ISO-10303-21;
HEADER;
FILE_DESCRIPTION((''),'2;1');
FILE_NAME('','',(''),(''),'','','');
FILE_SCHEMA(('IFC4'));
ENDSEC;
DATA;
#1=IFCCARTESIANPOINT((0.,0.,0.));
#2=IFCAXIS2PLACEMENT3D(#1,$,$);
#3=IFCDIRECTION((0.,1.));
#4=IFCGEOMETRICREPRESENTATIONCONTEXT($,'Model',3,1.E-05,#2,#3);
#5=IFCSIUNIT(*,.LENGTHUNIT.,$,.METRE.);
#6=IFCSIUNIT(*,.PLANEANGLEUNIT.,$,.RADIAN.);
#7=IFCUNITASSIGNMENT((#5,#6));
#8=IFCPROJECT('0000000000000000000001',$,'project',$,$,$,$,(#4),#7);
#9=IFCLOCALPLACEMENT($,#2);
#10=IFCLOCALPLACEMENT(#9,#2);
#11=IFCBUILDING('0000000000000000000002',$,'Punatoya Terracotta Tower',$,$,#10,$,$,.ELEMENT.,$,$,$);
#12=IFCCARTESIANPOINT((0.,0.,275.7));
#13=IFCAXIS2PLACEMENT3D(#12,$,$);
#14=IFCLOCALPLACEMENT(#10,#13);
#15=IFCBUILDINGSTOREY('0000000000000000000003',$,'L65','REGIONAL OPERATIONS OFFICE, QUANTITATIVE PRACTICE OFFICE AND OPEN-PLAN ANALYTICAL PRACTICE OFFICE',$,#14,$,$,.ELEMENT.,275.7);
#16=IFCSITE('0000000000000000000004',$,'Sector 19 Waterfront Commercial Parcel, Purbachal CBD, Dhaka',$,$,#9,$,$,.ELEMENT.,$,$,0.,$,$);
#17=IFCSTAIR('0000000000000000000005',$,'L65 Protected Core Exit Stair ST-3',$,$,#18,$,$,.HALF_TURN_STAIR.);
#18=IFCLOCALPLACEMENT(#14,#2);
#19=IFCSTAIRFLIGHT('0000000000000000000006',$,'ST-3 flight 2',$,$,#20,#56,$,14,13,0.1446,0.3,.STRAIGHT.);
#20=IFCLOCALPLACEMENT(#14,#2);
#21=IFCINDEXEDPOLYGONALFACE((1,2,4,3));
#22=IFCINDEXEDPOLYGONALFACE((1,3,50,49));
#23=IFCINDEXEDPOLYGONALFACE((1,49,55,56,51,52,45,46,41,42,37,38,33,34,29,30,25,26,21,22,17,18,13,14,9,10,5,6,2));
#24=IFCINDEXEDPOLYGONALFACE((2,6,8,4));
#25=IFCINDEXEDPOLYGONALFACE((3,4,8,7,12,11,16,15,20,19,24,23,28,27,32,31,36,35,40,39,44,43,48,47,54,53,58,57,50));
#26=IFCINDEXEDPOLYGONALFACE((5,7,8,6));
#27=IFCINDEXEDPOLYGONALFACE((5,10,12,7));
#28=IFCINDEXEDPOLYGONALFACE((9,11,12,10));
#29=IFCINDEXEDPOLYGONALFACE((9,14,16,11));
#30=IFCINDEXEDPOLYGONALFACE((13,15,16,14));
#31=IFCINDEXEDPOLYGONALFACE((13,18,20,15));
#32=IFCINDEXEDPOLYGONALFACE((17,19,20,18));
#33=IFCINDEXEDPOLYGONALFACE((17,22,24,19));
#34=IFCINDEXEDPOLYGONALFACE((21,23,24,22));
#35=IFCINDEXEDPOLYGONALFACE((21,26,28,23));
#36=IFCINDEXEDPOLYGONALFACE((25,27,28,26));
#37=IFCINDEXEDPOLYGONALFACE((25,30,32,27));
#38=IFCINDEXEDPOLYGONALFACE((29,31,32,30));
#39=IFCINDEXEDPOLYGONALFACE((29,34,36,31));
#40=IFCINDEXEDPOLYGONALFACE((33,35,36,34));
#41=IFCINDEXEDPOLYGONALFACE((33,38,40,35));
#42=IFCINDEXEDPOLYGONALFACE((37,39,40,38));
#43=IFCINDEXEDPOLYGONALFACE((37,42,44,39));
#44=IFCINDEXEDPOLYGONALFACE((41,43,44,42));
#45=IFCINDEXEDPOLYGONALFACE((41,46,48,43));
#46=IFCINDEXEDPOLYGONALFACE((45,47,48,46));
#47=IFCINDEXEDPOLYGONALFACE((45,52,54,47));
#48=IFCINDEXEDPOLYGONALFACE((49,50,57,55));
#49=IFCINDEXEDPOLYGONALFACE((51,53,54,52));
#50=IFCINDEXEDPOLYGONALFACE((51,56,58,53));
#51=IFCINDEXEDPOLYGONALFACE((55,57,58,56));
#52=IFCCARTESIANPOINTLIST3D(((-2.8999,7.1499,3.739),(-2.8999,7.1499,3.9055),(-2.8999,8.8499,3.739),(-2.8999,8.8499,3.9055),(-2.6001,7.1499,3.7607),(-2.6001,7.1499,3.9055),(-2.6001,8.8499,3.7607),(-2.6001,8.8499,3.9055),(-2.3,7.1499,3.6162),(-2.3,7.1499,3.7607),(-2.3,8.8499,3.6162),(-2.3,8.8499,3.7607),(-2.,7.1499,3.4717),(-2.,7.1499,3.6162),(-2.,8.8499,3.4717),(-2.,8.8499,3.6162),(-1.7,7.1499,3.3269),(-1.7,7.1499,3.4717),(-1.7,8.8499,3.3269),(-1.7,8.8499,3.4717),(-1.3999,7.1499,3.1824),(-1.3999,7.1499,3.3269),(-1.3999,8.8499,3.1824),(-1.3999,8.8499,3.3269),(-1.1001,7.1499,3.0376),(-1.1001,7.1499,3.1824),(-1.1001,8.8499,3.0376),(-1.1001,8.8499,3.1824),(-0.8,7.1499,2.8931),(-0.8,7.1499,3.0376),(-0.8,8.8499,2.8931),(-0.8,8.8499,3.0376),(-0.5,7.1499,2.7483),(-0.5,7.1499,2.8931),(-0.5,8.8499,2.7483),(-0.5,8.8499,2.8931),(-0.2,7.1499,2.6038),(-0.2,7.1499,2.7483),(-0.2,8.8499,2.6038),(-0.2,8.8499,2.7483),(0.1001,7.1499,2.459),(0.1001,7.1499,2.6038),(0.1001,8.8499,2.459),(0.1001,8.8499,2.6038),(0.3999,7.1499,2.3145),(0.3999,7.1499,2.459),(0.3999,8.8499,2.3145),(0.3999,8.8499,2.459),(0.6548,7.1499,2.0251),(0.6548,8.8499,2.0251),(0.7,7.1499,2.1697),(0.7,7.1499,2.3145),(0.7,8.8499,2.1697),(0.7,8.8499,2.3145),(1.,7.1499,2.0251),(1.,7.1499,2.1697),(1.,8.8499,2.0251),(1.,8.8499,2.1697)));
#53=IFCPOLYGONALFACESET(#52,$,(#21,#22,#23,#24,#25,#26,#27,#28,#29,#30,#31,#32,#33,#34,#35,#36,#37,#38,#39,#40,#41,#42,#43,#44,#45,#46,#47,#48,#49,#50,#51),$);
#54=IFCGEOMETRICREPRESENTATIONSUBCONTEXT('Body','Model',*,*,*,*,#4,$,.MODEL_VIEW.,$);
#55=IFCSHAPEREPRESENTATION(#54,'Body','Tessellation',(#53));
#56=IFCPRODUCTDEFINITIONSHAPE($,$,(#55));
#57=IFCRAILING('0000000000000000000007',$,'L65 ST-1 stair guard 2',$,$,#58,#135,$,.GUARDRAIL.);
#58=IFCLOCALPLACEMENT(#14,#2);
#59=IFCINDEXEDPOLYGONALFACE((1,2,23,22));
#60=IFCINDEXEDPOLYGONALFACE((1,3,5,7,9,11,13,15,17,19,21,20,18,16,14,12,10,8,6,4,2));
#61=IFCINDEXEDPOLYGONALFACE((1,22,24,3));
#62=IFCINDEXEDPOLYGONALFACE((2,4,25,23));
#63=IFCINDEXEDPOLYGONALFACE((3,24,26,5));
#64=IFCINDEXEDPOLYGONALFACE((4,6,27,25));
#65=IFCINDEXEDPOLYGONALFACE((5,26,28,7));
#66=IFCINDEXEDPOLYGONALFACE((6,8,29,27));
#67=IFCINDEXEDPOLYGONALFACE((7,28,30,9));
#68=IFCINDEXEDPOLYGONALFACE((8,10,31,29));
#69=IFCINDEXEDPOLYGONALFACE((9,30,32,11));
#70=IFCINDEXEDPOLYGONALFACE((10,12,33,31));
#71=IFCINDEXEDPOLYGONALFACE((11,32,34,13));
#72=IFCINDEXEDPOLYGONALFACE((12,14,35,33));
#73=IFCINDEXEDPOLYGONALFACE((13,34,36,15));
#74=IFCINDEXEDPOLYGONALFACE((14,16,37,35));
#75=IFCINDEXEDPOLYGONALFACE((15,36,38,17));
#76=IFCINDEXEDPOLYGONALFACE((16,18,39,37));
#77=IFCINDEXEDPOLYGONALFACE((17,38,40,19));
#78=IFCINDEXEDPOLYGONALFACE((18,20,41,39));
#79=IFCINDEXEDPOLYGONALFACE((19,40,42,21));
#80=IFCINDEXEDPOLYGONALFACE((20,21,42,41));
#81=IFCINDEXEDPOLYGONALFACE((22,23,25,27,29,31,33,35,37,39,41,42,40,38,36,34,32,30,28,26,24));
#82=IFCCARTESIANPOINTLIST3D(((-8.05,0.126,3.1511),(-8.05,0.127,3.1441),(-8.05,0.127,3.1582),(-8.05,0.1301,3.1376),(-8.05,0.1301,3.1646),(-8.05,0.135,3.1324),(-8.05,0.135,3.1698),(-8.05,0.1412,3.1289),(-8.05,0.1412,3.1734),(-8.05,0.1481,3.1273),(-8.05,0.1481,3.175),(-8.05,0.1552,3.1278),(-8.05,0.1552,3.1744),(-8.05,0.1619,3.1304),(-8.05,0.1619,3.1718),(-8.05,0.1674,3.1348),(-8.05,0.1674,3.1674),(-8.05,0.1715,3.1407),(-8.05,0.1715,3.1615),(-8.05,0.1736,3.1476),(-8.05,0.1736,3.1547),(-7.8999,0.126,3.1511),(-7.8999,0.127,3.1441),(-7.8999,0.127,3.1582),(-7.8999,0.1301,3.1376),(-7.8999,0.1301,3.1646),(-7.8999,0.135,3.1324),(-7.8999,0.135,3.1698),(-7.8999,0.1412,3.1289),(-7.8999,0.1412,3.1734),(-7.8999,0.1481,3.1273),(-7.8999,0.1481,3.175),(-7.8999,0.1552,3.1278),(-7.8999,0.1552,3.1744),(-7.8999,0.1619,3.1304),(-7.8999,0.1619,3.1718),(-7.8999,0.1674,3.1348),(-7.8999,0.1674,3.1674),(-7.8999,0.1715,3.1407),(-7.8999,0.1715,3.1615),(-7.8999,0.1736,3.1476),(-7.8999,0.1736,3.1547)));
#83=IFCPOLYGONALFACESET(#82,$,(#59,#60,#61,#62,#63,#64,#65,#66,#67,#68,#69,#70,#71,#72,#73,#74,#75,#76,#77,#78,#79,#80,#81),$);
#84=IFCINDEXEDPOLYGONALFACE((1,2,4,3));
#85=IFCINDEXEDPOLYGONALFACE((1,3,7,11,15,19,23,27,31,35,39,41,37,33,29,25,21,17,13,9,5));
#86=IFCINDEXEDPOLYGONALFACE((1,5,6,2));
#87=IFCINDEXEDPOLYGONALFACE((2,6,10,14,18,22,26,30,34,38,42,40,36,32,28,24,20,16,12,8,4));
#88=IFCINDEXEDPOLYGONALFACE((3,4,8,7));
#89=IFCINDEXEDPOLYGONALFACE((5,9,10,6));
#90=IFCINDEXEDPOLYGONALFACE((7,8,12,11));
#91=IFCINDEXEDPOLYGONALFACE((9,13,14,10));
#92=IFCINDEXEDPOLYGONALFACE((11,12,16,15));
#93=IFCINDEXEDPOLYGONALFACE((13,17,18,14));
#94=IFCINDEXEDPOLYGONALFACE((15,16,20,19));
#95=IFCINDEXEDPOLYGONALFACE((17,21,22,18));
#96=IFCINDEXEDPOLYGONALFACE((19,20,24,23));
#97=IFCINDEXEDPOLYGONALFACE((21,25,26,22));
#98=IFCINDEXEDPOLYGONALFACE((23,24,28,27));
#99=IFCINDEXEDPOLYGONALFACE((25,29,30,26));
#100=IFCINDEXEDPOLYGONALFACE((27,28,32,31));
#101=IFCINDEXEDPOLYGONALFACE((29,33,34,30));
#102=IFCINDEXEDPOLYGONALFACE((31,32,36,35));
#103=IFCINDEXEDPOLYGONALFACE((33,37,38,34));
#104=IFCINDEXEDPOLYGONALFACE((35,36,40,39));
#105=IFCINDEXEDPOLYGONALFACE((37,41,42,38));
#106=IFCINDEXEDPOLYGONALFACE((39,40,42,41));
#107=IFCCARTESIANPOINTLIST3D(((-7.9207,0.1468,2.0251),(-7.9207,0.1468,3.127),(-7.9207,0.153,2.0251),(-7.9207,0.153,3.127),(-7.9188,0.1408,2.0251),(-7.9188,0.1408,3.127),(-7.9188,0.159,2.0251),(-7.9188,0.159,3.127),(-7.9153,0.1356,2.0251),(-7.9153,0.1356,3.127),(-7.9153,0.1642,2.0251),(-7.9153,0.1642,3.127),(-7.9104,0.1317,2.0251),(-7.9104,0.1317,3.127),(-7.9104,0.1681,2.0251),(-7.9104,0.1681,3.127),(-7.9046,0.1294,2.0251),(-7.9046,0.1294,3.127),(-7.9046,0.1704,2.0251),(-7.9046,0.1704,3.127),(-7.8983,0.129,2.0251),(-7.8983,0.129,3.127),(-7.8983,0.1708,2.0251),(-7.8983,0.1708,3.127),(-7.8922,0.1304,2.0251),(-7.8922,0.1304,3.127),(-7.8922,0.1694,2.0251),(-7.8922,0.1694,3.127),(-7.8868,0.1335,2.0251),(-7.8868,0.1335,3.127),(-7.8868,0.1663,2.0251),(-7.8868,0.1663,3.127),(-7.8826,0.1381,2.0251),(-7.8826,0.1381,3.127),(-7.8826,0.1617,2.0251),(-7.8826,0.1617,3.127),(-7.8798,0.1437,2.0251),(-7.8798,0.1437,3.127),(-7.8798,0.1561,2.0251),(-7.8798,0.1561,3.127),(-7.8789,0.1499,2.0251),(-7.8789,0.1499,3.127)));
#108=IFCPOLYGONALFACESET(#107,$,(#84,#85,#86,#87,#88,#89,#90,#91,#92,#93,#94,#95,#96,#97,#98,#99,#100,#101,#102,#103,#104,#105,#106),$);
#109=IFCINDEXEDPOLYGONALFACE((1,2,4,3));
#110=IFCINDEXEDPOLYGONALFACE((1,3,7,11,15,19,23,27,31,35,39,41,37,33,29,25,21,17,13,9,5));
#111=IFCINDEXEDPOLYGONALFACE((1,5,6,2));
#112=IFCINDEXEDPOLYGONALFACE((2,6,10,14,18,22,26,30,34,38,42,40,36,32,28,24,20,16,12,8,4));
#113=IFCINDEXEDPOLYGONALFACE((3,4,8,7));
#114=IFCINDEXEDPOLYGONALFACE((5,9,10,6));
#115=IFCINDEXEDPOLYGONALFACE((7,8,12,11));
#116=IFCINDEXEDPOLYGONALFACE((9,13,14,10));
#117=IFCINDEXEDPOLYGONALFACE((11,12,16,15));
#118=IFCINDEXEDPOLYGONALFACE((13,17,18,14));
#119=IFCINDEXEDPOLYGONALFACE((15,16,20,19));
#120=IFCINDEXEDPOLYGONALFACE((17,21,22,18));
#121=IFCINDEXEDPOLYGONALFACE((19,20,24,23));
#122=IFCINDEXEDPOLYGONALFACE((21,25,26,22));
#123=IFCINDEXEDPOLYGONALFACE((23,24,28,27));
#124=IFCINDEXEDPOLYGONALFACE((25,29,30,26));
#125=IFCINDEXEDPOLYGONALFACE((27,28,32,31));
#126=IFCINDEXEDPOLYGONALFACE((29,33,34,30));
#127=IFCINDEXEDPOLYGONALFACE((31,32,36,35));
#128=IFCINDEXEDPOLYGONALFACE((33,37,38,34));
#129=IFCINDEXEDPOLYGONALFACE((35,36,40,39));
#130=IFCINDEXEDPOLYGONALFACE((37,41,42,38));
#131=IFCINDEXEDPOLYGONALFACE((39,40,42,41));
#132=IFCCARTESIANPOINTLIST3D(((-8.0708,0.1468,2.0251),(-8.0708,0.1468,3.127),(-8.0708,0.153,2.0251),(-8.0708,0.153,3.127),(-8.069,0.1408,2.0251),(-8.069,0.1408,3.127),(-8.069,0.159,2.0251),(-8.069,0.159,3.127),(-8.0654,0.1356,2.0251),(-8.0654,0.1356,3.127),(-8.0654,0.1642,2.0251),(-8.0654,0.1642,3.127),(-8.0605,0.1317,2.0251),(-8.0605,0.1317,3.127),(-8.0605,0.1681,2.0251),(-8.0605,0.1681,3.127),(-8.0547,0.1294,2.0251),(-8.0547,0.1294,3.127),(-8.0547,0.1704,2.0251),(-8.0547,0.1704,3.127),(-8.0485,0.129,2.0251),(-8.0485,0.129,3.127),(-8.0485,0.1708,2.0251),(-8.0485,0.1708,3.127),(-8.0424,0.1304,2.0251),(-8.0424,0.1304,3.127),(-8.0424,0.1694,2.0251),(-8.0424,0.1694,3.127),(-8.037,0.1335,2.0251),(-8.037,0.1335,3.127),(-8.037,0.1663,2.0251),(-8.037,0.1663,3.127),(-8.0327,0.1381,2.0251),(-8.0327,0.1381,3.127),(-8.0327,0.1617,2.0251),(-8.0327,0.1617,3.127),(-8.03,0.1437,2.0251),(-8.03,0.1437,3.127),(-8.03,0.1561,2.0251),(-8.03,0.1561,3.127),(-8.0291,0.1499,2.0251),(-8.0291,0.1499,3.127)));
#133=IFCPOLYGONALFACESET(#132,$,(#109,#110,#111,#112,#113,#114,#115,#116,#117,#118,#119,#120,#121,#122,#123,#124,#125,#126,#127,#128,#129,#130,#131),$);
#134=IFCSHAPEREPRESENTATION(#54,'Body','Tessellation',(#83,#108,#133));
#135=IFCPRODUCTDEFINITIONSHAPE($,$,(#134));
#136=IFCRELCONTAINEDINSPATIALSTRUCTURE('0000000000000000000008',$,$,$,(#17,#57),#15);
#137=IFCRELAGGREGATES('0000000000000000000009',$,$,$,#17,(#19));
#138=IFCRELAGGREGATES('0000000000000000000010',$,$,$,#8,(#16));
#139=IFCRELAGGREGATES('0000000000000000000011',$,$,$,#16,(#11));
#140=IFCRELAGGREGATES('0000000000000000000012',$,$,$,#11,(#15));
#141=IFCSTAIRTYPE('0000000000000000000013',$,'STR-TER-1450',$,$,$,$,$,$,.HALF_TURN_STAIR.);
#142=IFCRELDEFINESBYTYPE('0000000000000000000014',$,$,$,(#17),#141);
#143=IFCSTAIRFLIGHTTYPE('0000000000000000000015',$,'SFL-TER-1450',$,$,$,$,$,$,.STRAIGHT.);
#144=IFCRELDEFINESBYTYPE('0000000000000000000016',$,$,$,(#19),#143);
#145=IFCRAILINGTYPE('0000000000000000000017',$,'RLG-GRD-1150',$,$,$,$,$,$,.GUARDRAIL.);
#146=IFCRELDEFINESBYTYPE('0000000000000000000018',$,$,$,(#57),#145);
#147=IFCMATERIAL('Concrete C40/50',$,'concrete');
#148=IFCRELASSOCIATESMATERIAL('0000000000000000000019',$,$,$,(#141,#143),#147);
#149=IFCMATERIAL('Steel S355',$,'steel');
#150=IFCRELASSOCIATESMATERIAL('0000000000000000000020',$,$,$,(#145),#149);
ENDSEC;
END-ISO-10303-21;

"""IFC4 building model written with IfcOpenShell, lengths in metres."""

from ifc_helpers import new_model, si_unit, direction, frame, origin, origin_2d, place, context, subcontext, project, spatial, polyline, circle, outline, extrude, material, type_object, element, aggregate, save


model = new_model("IFC4")

# Units and contexts
model_context = context("Model", 3, precision=1e-05, world=origin(), true_north=direction((0.0, 1.0)))
body_context = subcontext(model_context, "Body", "Model", "MODEL_VIEW")
ifc_project = project(units=[si_unit("LENGTHUNIT", "METRE"), si_unit("PLANEANGLEUNIT", "RADIAN")], contexts=[model_context])

# Site, building, storey
site_placement = place(None, origin())
site = spatial("IfcSite", under=ifc_project, at=site_placement, Name="Sector 19 Waterfront Commercial Parcel, Purbachal CBD, Dhaka", CompositionType="ELEMENT", RefElevation=0.0)
building_placement = place(site_placement, origin())
building = spatial("IfcBuilding", under=site, at=building_placement, Name="Punatoya Terracotta Tower", CompositionType="ELEMENT")
storey_placement = place(building_placement, frame((0.0, 0.0, 275.7)))
storey = spatial("IfcBuildingStorey", under=building, at=storey_placement, Name="L65", Description="REGIONAL OPERATIONS OFFICE, QUANTITATIVE PRACTICE OFFICE AND OPEN-PLAN ANALYTICAL PRACTICE OFFICE", CompositionType="ELEMENT", Elevation=275.7)

# Shared definitions
ifc_material_1 = material(Name="Steel S355", Category="steel")

# Shared definitions
ifc_material_2 = material(Name="Concrete C40/50", Category="concrete")

# Stair, stair flight
stair_type_1 = type_object("IfcStairType", Name="STR-TER-1450", PredefinedType="HALF_TURN_STAIR", material=ifc_material_2)
stair_1_placement = place(storey_placement, origin())
stair_1 = element("IfcStair", 1, at=stair_1_placement, inside=storey, type_object=stair_type_1, Name="L65 Protected Core Exit Stair ST-3", PredefinedType="HALF_TURN_STAIR")
stair_flight_type_1 = type_object("IfcStairFlightType", Name="SFL-TER-1450", PredefinedType="STRAIGHT", material=ifc_material_2)
stair_flight_1_placement = place(storey_placement, frame((1.0, 8.0, 2.0251), z_axis=(0.0, 0.0, 1.0), x_axis=(-1.0, 0.0, 0.0)))
stair_flight_1 = element("IfcStairFlight", 2, at=stair_flight_1_placement, type_object=stair_flight_type_1, Name="ST-3 flight 2", NumberOfRisers=14, NumberOfTreads=13, PredefinedType="STRAIGHT", RiserHeight=0.1446, TreadLength=0.3, context=body_context, shape_type="SweptSolid", body=[
    extrude(outline(polyline([(0.0, 0.0), (0.0, 0.1445), (0.3, 0.1445), (0.3, 0.2893), (0.6001, 0.2893), (0.6001, 0.4338), (0.8999, 0.4338), (0.8999, 0.5786), (1.2, 0.5786), (1.2, 0.7231), (1.5, 0.7231), (1.5, 0.8679), (1.8, 0.8679), (1.8, 1.0125), (2.1001, 1.0125), (2.1001, 1.1572), (2.3999, 1.1572), (2.3999, 1.3018), (2.7, 1.3018), (2.7, 1.4465), (3.0, 1.4465), (3.0, 1.5911), (3.3, 1.5911), (3.3, 1.7356), (3.6001, 1.7356), (3.6001, 1.8804), (3.8999, 1.8804), (3.8999, 2.0249), (3.8999, 1.7139), (0.3452, 0.0), (0.0, 0.0)])), frame((0.0, 0.8501, 0.0), z_axis=(0.0, -1.0, 0.0), x_axis=(1.0, 0.0, 0.0)), (0.0, 0.0, 1.0), 1.7),
])
aggregate(stair_1, [stair_flight_1])

# Railing
railing_type_1 = type_object("IfcRailingType", Name="RLG-GRD-1150", PredefinedType="GUARDRAIL", material=ifc_material_1)
railing_1_placement = place(storey_placement, frame((-7.8999, 0.1499, 2.0251)))
element("IfcRailing", 3, at=railing_1_placement, inside=storey, type_object=railing_type_1, Name="L65 ST-1 stair guard 2", PredefinedType="GUARDRAIL", context=body_context, shape_type="SweptSolid", body=[
    extrude(circle(Radius=0.0239, at=origin_2d()), frame((0.0, 0.0, 1.126), z_axis=(-1.0, 0.0, 0.0), x_axis=(0.0, -1.0, 0.0)), (0.0, 0.0, 1.0), 0.1501),
    extrude(circle(Radius=0.021, at=origin_2d()), origin(), (0.0, 0.0, 1.0), 1.1018),
    extrude(circle(Radius=0.021, at=origin_2d()), frame((-0.1501, 0.0, 0.0)), (0.0, 0.0, 1.0), 1.1018),
])

save(model, "model.ifc")
